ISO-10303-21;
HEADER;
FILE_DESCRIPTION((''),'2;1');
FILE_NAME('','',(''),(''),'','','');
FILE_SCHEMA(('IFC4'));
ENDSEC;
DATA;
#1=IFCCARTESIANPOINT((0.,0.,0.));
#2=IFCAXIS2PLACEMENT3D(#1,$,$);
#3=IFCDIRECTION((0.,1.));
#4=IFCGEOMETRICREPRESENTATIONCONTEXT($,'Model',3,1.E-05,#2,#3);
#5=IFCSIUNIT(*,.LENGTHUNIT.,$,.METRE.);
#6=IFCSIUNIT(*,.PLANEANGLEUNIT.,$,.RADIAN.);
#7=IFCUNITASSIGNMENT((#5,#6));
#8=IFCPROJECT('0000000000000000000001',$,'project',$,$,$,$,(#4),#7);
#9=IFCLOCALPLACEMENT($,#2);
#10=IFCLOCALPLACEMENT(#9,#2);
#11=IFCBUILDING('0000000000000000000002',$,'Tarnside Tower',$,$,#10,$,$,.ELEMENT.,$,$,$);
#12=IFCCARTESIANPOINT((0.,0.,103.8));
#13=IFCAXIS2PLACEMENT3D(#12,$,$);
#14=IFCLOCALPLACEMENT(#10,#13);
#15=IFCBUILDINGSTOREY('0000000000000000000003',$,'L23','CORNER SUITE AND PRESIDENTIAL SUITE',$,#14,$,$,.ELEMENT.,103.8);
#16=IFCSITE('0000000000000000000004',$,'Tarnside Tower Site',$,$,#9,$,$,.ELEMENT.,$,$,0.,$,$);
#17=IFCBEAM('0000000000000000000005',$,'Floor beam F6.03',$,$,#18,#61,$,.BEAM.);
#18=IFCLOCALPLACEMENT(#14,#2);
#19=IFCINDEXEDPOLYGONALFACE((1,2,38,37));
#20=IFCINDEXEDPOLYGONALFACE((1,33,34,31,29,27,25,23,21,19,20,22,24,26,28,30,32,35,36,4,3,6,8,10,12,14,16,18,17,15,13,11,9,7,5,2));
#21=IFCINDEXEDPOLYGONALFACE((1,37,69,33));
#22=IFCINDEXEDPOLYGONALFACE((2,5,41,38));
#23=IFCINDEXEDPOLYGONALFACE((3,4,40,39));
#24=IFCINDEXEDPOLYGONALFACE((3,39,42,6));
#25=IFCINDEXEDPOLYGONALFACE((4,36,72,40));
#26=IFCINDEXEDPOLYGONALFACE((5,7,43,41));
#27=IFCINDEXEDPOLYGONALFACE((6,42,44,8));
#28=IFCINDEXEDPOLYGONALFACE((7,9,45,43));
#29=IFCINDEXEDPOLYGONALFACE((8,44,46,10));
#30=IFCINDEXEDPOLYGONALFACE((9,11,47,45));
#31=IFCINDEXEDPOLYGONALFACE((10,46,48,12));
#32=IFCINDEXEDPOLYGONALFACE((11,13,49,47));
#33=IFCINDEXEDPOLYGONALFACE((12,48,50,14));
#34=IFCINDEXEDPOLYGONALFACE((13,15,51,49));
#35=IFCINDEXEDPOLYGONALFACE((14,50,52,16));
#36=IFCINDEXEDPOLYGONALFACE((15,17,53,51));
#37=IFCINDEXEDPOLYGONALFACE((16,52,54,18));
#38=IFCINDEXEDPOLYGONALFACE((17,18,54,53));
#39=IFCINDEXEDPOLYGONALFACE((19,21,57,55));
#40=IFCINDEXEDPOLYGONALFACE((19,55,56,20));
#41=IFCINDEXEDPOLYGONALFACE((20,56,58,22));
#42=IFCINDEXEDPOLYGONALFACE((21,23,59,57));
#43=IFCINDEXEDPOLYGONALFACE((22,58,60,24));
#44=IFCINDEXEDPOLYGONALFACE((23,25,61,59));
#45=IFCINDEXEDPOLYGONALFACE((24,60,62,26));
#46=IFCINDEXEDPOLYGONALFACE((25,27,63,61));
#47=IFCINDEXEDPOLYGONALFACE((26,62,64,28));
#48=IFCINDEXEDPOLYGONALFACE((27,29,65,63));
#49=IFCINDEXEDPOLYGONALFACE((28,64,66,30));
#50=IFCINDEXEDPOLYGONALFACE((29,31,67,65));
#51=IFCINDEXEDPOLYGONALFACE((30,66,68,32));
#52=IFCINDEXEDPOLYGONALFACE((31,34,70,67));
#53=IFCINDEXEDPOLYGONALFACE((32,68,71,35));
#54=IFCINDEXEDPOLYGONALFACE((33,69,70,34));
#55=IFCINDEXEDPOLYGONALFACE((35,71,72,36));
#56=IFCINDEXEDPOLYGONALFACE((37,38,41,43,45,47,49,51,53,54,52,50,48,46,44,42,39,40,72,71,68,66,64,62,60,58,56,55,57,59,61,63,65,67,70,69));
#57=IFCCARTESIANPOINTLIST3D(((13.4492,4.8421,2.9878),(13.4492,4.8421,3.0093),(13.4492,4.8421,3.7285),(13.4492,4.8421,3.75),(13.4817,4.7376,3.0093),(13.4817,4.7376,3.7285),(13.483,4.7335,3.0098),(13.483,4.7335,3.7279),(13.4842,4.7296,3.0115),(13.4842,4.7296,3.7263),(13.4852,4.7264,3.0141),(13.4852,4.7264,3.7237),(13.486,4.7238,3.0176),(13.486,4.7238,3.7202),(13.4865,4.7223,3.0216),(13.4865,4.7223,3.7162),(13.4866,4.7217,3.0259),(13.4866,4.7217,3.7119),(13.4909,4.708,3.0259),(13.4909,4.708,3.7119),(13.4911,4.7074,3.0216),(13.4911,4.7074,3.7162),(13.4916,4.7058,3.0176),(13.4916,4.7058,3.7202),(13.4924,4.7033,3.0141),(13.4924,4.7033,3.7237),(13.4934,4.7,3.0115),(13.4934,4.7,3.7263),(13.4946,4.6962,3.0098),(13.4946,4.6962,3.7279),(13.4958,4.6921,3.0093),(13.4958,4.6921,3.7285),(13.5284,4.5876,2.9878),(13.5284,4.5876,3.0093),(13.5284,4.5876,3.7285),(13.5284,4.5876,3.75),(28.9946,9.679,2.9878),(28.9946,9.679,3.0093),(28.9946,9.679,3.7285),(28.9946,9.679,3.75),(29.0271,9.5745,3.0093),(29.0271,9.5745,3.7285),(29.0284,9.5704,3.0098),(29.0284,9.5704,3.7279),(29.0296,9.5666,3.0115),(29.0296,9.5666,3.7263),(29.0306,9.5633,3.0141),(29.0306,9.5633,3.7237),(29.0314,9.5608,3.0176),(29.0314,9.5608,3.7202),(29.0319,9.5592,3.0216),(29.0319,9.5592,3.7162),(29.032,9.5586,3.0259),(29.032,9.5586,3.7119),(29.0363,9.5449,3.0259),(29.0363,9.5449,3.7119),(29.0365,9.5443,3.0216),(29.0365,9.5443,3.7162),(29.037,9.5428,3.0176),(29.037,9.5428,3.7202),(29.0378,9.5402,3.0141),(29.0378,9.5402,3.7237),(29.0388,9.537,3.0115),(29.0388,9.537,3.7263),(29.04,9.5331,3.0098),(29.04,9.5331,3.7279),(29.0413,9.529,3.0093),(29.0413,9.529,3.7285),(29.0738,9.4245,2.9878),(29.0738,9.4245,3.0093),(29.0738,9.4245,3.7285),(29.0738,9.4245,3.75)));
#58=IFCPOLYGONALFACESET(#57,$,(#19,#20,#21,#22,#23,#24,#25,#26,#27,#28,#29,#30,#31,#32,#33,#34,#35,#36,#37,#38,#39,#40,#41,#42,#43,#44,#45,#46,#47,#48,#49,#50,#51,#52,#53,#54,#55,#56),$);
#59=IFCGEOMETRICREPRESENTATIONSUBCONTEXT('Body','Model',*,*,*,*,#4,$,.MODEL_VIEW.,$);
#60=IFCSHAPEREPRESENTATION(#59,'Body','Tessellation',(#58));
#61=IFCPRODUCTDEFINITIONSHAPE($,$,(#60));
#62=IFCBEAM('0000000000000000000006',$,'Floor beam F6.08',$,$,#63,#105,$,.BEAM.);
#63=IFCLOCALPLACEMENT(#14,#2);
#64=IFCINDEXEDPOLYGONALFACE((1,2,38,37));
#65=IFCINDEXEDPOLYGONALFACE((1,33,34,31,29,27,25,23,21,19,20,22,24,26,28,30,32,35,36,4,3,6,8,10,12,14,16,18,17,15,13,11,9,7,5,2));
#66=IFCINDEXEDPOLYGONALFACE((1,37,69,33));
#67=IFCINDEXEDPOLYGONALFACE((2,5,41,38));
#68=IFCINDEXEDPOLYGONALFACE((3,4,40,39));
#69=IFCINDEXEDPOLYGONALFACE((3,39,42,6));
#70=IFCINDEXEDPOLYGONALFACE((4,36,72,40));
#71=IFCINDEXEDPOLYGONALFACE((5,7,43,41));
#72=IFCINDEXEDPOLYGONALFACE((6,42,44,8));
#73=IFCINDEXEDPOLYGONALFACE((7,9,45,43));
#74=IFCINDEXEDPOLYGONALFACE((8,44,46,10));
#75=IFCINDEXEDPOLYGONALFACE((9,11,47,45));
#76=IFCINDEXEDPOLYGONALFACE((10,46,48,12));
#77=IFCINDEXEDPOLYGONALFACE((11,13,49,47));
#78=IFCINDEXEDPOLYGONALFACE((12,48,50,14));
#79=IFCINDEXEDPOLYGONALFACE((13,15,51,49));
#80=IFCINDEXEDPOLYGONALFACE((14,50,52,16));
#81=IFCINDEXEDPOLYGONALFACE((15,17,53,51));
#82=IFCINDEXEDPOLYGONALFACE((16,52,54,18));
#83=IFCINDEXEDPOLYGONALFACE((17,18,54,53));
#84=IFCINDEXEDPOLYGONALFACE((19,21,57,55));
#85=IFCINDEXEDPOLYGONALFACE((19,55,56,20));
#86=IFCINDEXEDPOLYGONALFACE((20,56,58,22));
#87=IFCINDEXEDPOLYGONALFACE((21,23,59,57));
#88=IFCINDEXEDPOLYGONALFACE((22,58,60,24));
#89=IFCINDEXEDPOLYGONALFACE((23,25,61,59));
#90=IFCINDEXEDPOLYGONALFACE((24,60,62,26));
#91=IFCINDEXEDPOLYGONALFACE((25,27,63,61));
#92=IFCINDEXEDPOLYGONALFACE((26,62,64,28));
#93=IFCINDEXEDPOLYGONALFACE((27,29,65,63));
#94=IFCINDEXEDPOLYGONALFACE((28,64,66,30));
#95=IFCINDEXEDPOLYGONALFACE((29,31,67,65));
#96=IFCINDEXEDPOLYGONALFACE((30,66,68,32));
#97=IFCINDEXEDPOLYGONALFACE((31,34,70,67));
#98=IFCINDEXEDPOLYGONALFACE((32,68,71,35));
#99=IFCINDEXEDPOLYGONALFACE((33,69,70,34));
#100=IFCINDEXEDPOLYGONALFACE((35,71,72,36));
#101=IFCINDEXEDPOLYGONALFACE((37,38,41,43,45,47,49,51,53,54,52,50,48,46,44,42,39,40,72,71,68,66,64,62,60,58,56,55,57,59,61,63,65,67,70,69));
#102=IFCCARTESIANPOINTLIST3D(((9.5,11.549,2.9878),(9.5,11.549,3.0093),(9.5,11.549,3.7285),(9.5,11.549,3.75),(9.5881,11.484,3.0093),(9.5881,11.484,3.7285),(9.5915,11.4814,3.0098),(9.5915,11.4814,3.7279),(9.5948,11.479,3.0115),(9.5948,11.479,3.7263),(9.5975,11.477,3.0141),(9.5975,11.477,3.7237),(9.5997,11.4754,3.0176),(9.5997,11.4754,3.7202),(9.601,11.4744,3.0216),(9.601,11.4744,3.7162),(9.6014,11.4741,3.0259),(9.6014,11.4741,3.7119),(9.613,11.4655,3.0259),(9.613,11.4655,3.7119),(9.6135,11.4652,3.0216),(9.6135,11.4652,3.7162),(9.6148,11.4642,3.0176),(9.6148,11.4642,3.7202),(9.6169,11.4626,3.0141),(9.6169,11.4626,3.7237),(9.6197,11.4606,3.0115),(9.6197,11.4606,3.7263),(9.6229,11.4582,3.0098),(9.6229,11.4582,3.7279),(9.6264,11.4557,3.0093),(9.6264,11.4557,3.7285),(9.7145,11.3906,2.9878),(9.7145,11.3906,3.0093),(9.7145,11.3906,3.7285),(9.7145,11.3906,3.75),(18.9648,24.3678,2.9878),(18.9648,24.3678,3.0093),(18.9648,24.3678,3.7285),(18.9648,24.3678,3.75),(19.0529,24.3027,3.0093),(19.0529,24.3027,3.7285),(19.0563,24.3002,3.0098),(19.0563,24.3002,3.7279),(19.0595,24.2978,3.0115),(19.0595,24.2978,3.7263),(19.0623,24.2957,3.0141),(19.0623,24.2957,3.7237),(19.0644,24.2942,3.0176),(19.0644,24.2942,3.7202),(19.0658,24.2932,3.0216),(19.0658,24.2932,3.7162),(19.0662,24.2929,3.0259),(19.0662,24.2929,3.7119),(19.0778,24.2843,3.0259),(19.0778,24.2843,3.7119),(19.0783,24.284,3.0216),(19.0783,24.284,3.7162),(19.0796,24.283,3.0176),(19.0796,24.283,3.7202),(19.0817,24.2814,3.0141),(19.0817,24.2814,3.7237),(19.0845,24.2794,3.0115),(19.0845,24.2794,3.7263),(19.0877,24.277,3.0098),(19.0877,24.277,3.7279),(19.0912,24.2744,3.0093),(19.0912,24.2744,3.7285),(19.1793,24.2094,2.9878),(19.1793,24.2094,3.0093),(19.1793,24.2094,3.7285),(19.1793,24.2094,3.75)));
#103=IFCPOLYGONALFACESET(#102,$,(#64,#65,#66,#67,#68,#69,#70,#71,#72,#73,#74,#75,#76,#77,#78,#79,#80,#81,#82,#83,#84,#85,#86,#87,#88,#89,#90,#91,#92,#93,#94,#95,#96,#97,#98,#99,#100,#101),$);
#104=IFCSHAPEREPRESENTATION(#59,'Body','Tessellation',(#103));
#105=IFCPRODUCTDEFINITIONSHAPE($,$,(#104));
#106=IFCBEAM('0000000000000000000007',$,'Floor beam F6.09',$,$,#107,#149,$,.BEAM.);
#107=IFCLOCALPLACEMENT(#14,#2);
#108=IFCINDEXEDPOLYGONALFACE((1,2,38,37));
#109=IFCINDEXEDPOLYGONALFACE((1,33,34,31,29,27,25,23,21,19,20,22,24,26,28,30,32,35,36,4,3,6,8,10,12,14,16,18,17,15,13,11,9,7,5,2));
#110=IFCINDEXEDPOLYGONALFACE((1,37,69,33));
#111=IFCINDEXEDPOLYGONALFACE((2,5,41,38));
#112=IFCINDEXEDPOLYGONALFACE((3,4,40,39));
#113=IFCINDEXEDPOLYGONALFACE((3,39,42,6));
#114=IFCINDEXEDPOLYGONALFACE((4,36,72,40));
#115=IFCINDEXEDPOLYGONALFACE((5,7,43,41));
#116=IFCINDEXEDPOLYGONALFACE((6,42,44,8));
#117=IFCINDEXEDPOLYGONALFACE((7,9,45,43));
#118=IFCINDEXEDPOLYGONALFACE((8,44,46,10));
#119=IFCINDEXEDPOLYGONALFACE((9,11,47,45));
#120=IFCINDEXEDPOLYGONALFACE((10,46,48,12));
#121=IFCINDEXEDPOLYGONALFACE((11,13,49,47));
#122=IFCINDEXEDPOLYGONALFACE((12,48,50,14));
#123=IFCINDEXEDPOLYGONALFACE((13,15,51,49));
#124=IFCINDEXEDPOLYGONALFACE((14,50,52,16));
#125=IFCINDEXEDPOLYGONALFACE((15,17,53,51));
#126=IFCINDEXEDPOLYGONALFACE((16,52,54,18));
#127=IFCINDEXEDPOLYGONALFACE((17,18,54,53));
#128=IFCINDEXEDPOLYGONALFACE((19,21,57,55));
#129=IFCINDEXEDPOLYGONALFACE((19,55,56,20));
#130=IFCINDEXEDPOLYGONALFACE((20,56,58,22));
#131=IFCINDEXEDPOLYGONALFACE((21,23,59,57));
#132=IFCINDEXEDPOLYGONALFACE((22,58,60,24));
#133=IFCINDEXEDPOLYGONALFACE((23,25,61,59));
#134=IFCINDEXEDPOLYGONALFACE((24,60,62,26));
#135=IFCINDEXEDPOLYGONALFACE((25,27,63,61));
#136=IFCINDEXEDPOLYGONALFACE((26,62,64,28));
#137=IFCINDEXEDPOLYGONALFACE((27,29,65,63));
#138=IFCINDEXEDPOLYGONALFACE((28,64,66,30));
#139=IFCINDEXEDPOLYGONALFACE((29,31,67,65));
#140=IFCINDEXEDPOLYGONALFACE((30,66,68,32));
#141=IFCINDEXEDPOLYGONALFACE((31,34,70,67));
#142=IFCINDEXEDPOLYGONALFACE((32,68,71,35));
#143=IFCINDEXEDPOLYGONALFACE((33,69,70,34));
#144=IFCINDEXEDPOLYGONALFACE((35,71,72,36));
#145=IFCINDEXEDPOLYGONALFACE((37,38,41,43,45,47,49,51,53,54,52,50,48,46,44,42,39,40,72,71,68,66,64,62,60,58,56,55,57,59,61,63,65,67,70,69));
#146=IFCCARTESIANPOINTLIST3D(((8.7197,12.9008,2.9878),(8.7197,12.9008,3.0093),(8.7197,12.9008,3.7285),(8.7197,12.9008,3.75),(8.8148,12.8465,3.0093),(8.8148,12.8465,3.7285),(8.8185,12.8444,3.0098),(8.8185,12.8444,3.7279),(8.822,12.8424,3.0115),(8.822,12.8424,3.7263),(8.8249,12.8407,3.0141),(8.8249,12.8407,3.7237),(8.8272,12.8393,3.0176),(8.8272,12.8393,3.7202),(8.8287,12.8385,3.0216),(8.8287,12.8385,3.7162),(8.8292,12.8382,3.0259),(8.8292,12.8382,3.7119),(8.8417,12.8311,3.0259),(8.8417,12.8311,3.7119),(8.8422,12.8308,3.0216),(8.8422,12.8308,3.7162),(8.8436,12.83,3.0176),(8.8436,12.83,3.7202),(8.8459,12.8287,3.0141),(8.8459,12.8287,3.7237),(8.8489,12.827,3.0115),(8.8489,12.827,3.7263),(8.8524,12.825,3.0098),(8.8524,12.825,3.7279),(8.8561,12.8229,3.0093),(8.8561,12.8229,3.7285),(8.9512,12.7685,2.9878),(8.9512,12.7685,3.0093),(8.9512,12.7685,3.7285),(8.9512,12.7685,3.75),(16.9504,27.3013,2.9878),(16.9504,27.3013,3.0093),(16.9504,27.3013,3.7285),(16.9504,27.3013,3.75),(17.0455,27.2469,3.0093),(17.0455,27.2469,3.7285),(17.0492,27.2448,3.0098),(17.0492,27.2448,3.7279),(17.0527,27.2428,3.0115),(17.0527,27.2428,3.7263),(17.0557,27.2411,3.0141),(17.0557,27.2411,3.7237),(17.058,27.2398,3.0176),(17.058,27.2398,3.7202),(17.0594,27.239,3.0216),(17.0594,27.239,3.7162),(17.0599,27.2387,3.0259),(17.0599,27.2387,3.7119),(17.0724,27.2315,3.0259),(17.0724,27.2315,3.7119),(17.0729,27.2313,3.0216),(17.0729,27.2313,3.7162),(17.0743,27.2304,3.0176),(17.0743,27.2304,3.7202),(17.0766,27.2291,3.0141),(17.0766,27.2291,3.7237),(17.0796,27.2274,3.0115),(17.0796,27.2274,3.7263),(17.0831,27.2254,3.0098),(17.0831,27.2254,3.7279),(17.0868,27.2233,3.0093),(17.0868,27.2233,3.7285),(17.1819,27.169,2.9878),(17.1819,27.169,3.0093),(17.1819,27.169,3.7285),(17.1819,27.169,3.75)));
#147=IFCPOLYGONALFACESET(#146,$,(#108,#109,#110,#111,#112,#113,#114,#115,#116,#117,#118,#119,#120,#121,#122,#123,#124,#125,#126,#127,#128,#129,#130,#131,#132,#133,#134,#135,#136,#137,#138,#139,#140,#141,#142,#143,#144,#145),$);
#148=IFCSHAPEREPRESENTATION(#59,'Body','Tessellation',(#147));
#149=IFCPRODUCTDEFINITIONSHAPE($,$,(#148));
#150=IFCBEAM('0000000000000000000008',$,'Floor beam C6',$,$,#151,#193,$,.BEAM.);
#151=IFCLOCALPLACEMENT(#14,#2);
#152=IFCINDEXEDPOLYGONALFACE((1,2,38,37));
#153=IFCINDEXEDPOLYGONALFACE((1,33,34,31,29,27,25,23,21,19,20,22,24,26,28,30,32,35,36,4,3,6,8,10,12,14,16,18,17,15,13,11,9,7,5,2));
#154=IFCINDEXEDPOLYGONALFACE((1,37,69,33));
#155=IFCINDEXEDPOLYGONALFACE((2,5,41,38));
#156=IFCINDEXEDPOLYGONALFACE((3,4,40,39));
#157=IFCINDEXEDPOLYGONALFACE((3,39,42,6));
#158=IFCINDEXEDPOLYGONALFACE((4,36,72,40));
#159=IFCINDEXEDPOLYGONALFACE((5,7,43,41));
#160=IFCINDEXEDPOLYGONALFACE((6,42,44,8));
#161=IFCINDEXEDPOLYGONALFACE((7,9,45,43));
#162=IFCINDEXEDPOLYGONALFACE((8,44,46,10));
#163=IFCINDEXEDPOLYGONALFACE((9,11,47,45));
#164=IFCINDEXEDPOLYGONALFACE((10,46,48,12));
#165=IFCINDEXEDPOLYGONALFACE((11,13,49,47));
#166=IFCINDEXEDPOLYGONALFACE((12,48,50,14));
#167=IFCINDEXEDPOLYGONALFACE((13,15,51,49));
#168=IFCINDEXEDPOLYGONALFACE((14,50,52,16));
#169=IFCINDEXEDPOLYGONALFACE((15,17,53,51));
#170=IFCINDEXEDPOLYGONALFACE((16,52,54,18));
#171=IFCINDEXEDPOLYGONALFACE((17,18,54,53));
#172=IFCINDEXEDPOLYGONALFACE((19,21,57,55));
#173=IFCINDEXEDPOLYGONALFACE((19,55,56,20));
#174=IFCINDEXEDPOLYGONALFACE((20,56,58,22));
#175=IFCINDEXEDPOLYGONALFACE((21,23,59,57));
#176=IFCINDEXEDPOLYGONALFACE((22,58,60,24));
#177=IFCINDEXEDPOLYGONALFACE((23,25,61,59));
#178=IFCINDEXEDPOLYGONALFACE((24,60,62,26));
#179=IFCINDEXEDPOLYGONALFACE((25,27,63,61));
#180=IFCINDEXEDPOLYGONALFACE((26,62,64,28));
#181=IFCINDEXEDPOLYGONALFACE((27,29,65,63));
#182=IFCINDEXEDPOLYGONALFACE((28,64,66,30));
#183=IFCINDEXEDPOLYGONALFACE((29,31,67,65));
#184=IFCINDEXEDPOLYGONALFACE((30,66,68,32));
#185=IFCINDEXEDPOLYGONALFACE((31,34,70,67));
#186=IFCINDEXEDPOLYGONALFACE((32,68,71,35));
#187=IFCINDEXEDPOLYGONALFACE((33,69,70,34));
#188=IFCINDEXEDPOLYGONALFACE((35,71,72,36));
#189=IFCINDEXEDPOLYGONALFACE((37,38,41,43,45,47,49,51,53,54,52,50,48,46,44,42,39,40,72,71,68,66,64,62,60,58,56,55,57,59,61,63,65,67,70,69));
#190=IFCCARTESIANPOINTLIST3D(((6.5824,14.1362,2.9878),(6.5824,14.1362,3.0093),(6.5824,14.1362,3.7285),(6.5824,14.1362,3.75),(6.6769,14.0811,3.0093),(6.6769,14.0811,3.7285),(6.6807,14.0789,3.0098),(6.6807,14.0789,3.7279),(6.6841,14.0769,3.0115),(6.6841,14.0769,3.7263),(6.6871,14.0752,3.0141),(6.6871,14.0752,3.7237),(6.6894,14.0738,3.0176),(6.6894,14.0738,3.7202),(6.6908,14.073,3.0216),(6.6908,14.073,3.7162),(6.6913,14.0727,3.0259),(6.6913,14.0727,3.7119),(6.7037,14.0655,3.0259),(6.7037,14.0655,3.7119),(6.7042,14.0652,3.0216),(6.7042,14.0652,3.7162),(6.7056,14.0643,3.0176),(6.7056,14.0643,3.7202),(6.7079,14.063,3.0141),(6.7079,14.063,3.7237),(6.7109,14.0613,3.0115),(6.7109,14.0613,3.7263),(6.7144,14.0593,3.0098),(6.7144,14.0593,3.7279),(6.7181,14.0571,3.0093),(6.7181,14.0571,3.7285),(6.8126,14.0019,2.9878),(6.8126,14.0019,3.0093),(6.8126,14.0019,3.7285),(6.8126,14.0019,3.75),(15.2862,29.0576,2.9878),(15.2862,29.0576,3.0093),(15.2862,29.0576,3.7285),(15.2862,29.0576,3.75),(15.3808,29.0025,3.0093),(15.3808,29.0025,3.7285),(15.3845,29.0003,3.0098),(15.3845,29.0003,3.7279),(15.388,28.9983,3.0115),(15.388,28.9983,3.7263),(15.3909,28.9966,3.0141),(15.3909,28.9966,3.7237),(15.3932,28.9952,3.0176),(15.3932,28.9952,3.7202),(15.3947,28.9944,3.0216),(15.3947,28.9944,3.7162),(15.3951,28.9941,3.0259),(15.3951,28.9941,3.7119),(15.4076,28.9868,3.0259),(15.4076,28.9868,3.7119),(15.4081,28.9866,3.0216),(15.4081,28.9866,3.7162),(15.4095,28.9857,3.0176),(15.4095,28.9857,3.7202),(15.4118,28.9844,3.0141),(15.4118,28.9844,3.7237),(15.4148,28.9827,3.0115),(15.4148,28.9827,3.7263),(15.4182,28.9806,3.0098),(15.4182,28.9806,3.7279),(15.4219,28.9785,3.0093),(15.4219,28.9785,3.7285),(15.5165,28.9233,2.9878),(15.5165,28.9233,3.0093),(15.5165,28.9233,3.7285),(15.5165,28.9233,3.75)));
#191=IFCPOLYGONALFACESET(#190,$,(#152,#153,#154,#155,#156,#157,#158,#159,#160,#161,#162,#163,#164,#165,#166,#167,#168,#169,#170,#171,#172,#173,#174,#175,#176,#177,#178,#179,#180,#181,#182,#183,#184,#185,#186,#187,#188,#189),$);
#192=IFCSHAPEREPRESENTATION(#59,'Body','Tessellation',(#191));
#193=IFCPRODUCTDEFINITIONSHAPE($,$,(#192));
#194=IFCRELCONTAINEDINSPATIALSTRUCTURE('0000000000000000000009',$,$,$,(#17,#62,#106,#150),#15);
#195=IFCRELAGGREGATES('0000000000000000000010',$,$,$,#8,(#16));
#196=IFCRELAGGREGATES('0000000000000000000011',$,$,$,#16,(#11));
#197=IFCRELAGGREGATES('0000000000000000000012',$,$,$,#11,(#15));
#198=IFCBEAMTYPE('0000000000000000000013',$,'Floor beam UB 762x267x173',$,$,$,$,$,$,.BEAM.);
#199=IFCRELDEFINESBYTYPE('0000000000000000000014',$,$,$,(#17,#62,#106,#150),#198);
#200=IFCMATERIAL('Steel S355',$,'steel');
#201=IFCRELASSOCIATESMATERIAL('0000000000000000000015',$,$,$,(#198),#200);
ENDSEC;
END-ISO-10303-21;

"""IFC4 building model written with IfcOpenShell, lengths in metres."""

from ifc_helpers import new_model, si_unit, direction, frame, origin, origin_2d, place, context, subcontext, project, spatial, i_section, extrude, material, material_profile, profile_set, type_object, element, save


model = new_model("IFC4")

# Units and contexts
model_context = context("Model", 3, precision=1e-05, world=origin(), true_north=direction((0.0, 1.0)))
body_context = subcontext(model_context, "Body", "Model", "MODEL_VIEW")
ifc_project = project(units=[si_unit("LENGTHUNIT", "METRE"), si_unit("PLANEANGLEUNIT", "RADIAN")], contexts=[model_context])

# Site, building, storey
site_placement = place(None, origin())
site = spatial("IfcSite", under=ifc_project, at=site_placement, Name="Tarnside Tower Site", CompositionType="ELEMENT", RefElevation=0.0)
building_placement = place(site_placement, origin())
building = spatial("IfcBuilding", under=site, at=building_placement, Name="Tarnside Tower", CompositionType="ELEMENT")
storey_placement = place(building_placement, frame((0.0, 0.0, 103.8)))
storey = spatial("IfcBuildingStorey", under=building, at=storey_placement, Name="L23", Description="CORNER SUITE AND PRESIDENTIAL SUITE", CompositionType="ELEMENT", Elevation=103.8)

# Beams
ifc_material_1 = material(Name="Steel S355", Category="steel")
ifc_material_profile_1 = material_profile(ifc_material_1, i_section(OverallWidth=0.2666, OverallDepth=0.7622, WebThickness=0.0144, FlangeThickness=0.0215, FilletRadius=0.0166, at=origin_2d()), Name="UB 762x267x173")
ifc_profile_set_1 = profile_set([ifc_material_profile_1], Name="Steel S355")
beam_type_1 = type_object("IfcBeamType", Name="Floor beam UB 762x267x173", PredefinedType="BEAM", material=ifc_profile_set_1)
beam_1_placement = place(storey_placement, frame((29.0342, 9.5518, 3.3689), z_axis=(-0.954847, -0.297098, 0.0), x_axis=(0.297098, -0.954847, 0.0)))
element("IfcBeam", 1, at=beam_1_placement, inside=storey, type_object=beam_type_1, Name="Floor beam F6.03", PredefinedType="BEAM", context=body_context, shape_type="SweptSolid", body=[
    extrude(i_section(OverallWidth=0.2666, OverallDepth=0.7622, WebThickness=0.0144, FlangeThickness=0.0215, FilletRadius=0.0166, at=origin_2d()), origin(), (0.0, 0.0, 1.0), 16.2805),
])
beam_2_placement = place(storey_placement, frame((19.072, 24.2886, 3.3689), z_axis=(-0.593987, -0.804475, 0.0), x_axis=(0.804475, -0.593987, 0.0)))
element("IfcBeam", 2, at=beam_2_placement, inside=storey, type_object=beam_type_1, Name="Floor beam F6.08", PredefinedType="BEAM", context=body_context, shape_type="SweptSolid", body=[
    extrude(i_section(OverallWidth=0.2666, OverallDepth=0.7622, WebThickness=0.0144, FlangeThickness=0.0215, FilletRadius=0.0166, at=origin_2d()), origin(), (0.0, 0.0, 1.0), 15.9343),
])
beam_3_placement = place(storey_placement, frame((17.0662, 27.2351, 3.3689), z_axis=(-0.496226, -0.868193, 0.0), x_axis=(0.868193, -0.496226, 0.0)))
element("IfcBeam", 3, at=beam_3_placement, inside=storey, type_object=beam_type_1, Name="Floor beam F6.09", PredefinedType="BEAM", context=body_context, shape_type="SweptSolid", body=[
    extrude(i_section(OverallWidth=0.2666, OverallDepth=0.7622, WebThickness=0.0144, FlangeThickness=0.0215, FilletRadius=0.0166, at=origin_2d()), origin(), (0.0, 0.0, 1.0), 16.5867),
])
beam_4_placement = place(storey_placement, frame((15.4014, 28.9905, 3.3689), z_axis=(-0.503859, -0.863786, 0.0), x_axis=(0.863786, -0.503859, 0.0)))
element("IfcBeam", 4, at=beam_4_placement, inside=storey, type_object=beam_type_1, Name="Floor beam C6", PredefinedType="BEAM", context=body_context, shape_type="SweptSolid", body=[
    extrude(i_section(OverallWidth=0.2666, OverallDepth=0.7622, WebThickness=0.0144, FlangeThickness=0.0215, FilletRadius=0.0166, at=origin_2d()), origin(), (0.0, 0.0, 1.0), 17.2744),
])

save(model, "model.ifc")
